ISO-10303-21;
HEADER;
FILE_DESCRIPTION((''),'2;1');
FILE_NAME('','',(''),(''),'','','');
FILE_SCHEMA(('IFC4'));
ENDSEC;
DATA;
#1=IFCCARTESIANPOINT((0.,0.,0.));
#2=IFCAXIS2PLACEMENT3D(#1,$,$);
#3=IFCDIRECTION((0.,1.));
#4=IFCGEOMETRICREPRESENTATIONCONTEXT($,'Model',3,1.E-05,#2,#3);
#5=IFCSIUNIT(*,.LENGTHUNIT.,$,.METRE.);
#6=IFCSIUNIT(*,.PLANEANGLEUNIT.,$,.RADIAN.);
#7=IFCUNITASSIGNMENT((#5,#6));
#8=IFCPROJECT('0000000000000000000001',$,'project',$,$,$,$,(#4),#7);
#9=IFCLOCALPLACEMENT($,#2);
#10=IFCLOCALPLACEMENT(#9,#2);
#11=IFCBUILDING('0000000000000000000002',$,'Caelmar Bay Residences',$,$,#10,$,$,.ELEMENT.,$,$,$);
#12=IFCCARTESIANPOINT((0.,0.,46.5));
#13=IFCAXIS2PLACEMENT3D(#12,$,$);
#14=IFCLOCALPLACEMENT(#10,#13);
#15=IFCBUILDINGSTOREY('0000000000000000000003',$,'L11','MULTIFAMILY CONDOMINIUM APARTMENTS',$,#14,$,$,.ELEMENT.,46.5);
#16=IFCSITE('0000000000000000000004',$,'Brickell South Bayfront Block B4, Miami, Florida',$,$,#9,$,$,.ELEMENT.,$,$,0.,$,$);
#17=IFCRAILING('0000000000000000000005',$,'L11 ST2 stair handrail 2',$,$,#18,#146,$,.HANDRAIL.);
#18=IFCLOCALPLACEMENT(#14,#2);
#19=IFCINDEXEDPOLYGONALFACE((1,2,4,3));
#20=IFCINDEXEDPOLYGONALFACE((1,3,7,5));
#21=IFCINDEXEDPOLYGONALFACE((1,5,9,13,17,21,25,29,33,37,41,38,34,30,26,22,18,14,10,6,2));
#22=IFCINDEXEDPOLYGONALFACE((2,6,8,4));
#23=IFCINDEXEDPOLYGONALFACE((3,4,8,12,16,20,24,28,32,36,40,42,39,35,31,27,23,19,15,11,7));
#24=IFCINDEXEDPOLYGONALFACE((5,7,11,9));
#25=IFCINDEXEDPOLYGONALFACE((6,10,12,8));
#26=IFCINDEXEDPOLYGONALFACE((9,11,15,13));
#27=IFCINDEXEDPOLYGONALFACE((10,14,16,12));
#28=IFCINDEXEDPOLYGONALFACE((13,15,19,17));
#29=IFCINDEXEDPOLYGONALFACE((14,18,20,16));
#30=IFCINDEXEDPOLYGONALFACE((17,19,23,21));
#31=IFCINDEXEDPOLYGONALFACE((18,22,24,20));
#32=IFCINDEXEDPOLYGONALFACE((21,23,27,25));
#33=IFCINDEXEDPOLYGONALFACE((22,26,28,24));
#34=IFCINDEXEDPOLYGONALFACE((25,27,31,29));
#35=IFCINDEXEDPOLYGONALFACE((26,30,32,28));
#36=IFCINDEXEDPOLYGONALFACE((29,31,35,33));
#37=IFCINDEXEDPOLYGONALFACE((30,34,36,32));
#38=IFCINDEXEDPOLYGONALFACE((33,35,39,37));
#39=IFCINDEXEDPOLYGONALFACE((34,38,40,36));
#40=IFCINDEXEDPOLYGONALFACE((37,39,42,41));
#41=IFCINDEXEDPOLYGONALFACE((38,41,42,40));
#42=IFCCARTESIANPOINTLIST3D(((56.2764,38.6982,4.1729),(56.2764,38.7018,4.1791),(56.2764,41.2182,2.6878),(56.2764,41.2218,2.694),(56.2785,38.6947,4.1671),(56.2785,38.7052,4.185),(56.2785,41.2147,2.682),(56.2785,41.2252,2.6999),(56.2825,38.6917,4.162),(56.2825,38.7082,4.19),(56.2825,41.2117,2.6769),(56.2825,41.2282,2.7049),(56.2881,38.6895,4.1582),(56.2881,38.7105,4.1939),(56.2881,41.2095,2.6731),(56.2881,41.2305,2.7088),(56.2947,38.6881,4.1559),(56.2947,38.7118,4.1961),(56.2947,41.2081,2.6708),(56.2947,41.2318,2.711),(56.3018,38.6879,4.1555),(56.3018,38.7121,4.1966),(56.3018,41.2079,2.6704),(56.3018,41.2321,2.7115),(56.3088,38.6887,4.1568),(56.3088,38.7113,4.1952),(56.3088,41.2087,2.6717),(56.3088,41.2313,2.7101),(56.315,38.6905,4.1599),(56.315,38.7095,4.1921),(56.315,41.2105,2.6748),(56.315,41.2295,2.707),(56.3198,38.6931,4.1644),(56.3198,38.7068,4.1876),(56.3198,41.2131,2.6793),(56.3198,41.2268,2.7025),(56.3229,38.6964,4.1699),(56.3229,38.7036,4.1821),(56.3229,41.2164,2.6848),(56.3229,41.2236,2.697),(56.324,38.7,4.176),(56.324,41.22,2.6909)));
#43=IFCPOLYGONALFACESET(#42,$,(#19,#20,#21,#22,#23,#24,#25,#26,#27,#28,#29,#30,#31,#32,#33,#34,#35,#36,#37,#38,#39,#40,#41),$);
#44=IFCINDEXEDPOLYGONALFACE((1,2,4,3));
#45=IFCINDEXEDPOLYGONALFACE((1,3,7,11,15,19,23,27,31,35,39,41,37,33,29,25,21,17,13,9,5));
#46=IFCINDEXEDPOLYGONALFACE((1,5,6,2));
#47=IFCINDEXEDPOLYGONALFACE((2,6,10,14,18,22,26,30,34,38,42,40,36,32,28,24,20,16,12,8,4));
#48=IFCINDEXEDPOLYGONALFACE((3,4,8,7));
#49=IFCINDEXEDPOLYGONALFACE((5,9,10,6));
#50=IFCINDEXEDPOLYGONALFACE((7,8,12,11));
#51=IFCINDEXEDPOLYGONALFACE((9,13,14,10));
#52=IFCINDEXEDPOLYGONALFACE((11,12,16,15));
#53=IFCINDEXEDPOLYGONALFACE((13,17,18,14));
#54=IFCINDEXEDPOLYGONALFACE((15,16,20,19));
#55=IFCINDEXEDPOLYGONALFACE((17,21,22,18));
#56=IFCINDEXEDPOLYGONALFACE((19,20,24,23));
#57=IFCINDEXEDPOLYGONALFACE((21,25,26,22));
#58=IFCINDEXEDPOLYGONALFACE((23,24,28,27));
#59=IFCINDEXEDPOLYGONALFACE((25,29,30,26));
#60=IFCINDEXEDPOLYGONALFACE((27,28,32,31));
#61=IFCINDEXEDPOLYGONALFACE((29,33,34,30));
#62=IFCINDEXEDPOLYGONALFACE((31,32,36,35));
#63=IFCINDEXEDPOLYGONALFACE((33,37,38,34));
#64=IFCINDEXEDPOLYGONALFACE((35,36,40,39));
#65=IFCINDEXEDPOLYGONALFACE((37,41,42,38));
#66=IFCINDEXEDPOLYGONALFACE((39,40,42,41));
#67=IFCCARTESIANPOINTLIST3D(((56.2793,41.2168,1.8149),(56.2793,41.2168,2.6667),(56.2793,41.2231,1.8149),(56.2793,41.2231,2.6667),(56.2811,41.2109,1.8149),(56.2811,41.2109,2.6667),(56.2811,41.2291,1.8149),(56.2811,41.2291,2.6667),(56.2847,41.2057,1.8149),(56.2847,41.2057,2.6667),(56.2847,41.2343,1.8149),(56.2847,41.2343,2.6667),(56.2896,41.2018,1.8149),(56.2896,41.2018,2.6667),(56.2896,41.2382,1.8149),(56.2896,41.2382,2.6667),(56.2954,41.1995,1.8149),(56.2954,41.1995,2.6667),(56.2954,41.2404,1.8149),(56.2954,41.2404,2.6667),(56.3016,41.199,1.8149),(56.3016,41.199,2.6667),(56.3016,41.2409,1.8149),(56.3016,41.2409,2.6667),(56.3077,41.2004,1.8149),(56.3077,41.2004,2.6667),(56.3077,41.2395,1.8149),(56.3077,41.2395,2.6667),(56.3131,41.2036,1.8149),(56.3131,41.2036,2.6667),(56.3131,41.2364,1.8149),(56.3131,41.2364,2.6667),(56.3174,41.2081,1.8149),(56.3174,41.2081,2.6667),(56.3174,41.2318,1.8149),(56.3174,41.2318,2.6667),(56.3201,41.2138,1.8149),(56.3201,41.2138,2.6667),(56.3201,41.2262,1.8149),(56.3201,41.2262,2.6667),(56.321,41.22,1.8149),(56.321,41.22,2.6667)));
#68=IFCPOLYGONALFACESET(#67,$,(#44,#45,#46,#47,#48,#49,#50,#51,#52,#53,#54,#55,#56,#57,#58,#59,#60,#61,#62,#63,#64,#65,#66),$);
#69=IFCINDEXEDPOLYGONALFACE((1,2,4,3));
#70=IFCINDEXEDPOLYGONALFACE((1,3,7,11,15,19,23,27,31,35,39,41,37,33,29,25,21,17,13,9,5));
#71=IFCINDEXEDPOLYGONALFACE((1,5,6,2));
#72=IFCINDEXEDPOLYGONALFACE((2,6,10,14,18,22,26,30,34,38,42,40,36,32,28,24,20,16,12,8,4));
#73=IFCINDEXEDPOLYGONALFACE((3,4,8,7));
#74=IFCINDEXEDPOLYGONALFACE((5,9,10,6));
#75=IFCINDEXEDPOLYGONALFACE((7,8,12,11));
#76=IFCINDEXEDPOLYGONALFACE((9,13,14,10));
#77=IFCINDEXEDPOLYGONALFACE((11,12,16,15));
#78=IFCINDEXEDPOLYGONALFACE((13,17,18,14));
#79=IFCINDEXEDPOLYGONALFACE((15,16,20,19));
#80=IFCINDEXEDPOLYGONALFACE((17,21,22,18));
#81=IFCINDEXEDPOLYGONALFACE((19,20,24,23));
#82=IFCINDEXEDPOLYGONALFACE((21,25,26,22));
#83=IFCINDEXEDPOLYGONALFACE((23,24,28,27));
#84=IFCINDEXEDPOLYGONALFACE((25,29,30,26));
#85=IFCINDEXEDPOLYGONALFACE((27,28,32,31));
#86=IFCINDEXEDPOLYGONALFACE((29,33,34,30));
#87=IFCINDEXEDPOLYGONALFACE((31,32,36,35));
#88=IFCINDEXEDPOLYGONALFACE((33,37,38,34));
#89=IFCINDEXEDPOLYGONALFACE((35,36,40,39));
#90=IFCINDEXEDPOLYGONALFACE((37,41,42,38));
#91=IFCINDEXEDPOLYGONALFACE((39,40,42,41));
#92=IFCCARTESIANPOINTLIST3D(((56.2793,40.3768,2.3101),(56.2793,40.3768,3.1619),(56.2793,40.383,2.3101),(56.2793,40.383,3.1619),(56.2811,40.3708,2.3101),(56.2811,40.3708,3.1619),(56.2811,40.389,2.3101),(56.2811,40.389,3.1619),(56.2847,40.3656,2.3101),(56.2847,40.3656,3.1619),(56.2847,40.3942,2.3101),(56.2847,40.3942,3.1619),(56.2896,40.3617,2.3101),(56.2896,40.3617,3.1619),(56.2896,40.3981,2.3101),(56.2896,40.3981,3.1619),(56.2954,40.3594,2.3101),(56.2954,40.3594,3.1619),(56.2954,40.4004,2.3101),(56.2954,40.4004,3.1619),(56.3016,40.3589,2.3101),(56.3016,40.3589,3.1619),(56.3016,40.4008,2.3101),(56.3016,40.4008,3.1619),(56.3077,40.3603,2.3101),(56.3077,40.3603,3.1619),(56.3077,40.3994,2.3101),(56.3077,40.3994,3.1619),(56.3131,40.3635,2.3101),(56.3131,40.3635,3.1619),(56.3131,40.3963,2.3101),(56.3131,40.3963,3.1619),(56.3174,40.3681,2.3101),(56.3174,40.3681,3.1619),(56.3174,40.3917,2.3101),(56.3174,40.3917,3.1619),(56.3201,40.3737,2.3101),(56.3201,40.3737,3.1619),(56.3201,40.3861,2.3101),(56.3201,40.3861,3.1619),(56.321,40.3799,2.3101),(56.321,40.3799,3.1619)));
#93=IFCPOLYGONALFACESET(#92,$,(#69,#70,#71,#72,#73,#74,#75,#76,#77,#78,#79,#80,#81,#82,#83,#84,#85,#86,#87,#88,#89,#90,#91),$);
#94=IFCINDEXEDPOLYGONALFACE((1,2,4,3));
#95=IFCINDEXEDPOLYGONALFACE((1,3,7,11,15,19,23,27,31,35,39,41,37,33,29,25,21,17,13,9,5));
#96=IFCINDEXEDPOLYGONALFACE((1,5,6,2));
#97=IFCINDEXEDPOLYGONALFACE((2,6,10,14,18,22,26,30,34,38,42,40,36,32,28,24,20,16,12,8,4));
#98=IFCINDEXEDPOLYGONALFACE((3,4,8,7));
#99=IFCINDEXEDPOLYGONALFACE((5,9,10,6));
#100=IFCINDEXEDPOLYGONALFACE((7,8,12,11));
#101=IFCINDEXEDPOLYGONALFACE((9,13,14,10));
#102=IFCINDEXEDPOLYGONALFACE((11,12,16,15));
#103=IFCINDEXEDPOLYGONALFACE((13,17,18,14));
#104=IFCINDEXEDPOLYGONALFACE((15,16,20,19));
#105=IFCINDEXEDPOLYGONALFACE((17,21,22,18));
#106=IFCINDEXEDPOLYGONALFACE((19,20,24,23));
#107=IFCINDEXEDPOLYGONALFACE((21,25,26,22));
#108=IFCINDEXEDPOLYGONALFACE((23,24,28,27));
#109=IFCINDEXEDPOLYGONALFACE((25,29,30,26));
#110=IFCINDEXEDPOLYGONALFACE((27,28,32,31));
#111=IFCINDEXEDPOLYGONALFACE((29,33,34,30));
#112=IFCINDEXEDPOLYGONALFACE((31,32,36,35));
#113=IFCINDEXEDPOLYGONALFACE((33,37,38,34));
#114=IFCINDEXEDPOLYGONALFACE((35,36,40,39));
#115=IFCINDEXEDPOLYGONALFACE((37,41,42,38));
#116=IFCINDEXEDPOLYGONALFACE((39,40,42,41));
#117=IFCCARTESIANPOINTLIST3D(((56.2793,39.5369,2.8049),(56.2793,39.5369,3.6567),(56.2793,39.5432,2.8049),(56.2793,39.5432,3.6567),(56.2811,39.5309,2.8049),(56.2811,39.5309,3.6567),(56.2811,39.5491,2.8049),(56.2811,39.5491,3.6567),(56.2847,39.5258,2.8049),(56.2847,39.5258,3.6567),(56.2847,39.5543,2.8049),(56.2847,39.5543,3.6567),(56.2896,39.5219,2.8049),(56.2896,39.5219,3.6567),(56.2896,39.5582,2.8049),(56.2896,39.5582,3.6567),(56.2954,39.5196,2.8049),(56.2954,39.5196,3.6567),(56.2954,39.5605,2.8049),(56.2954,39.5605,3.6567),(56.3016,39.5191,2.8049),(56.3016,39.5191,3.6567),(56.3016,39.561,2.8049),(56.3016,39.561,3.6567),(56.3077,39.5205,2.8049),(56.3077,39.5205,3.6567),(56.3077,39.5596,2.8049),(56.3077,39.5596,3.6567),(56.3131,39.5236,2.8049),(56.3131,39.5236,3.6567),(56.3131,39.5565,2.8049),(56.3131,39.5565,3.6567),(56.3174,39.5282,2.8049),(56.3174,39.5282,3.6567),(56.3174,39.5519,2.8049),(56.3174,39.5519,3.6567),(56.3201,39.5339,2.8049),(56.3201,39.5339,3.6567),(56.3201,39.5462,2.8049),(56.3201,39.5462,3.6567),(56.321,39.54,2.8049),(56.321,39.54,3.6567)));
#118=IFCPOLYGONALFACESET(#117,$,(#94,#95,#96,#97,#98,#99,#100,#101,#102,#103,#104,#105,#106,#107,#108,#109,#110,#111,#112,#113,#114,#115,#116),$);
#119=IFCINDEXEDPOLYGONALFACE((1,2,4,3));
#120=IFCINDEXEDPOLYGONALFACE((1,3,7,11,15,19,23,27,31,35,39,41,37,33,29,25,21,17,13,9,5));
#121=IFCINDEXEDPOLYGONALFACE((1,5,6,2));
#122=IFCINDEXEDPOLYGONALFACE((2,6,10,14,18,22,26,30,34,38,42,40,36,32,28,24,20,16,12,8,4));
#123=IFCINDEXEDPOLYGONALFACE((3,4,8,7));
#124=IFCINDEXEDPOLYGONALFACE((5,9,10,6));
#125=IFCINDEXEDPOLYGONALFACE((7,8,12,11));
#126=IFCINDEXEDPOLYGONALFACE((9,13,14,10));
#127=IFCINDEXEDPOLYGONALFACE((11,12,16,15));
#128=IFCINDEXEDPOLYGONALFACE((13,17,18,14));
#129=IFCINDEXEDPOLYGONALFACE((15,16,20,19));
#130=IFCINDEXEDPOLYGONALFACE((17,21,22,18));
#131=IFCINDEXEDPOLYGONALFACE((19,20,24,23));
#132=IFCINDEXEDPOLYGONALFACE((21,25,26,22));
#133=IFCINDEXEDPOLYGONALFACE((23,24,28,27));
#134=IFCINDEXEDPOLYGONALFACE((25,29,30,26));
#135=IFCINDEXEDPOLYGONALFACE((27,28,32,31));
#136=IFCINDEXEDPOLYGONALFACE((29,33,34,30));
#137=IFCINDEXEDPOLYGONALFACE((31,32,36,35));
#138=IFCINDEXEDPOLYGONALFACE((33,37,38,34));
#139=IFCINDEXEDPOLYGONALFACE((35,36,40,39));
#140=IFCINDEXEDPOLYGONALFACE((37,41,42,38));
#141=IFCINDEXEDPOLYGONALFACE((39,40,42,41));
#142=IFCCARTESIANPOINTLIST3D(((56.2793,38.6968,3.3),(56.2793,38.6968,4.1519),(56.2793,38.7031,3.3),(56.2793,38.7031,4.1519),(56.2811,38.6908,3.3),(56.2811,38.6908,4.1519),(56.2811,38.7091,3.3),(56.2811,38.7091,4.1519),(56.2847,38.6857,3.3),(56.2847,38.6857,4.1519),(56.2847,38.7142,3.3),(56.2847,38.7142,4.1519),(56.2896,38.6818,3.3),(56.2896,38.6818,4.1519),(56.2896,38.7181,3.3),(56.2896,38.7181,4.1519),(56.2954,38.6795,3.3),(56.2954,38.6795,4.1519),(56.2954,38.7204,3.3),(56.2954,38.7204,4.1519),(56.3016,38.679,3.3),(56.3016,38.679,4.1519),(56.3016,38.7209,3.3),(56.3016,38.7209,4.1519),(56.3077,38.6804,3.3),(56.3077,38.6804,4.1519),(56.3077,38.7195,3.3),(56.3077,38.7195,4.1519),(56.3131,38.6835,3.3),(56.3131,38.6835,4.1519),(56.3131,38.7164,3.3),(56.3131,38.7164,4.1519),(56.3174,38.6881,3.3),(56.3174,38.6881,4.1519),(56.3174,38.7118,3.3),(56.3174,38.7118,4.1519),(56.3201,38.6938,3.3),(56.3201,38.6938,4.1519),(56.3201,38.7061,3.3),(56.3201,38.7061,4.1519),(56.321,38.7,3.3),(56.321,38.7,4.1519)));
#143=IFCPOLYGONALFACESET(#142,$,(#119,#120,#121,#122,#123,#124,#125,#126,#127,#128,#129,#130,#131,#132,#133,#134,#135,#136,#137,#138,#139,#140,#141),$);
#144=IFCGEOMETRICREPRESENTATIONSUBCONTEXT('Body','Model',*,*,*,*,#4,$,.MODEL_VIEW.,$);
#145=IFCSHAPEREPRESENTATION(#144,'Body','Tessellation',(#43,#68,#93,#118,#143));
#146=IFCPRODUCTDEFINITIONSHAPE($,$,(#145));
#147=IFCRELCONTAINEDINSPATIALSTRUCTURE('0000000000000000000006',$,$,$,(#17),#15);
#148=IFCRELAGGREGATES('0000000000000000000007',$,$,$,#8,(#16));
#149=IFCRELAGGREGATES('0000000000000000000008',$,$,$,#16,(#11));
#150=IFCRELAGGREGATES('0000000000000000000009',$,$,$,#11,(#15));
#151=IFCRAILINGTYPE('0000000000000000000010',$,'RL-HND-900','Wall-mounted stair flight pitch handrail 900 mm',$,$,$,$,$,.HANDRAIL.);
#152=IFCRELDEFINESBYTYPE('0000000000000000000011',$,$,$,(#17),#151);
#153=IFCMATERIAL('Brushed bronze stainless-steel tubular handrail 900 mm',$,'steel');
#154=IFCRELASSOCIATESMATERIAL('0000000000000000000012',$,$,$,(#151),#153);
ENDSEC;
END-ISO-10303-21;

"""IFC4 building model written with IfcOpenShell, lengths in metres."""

from ifc_helpers import new_model, si_unit, direction, frame, origin, origin_2d, place, context, subcontext, project, spatial, circle, extrude, material, type_object, element, save


model = new_model("IFC4")

# Units and contexts
model_context = context("Model", 3, precision=1e-05, world=origin(), true_north=direction((0.0, 1.0)))
body_context = subcontext(model_context, "Body", "Model", "MODEL_VIEW")
ifc_project = project(units=[si_unit("LENGTHUNIT", "METRE"), si_unit("PLANEANGLEUNIT", "RADIAN")], contexts=[model_context])

# Site, building, storey
site_placement = place(None, origin())
site = spatial("IfcSite", under=ifc_project, at=site_placement, Name="Brickell South Bayfront Block B4, Miami, Florida", CompositionType="ELEMENT", RefElevation=0.0)
building_placement = place(site_placement, origin())
building = spatial("IfcBuilding", under=site, at=building_placement, Name="Caelmar Bay Residences", CompositionType="ELEMENT")
storey_placement = place(building_placement, frame((0.0, 0.0, 46.5)))
storey = spatial("IfcBuildingStorey", under=building, at=storey_placement, Name="L11", Description="MULTIFAMILY CONDOMINIUM APARTMENTS", CompositionType="ELEMENT", Elevation=46.5)

# Railing
ifc_material_1 = material(Name="Brushed bronze stainless-steel tubular handrail 900 mm", Category="steel")
railing_type_1 = type_object("IfcRailingType", Name="RL-HND-900", Description="Wall-mounted stair flight pitch handrail 900 mm", PredefinedType="HANDRAIL", material=ifc_material_1)
railing_1_placement = place(storey_placement, frame((56.3, 41.22, 1.8149)))
element("IfcRailing", 1, at=railing_1_placement, inside=storey, type_object=railing_type_1, Name="L11 ST2 stair handrail 2", PredefinedType="HANDRAIL", context=body_context, shape_type="SweptSolid", body=[
    extrude(circle(Radius=0.0239, at=origin_2d()), frame((0.0, 0.0, 0.876), z_axis=(0.0, -0.861524, 0.507717), x_axis=(1.0, 0.0, 0.0)), (0.0, 0.0, 1.0), 2.925),
    extrude(circle(Radius=0.021, at=origin_2d()), origin(), (0.0, 0.0, 1.0), 0.8518),
    extrude(circle(Radius=0.021, at=origin_2d()), frame((0.0, -0.8401, 0.4951)), (0.0, 0.0, 1.0), 0.8518),
    extrude(circle(Radius=0.021, at=origin_2d()), frame((0.0, -1.6799, 0.99)), (0.0, 0.0, 1.0), 0.8518),
    extrude(circle(Radius=0.021, at=origin_2d()), frame((0.0, -2.52, 1.4851)), (0.0, 0.0, 1.0), 0.8518),
])

save(model, "model.ifc")
